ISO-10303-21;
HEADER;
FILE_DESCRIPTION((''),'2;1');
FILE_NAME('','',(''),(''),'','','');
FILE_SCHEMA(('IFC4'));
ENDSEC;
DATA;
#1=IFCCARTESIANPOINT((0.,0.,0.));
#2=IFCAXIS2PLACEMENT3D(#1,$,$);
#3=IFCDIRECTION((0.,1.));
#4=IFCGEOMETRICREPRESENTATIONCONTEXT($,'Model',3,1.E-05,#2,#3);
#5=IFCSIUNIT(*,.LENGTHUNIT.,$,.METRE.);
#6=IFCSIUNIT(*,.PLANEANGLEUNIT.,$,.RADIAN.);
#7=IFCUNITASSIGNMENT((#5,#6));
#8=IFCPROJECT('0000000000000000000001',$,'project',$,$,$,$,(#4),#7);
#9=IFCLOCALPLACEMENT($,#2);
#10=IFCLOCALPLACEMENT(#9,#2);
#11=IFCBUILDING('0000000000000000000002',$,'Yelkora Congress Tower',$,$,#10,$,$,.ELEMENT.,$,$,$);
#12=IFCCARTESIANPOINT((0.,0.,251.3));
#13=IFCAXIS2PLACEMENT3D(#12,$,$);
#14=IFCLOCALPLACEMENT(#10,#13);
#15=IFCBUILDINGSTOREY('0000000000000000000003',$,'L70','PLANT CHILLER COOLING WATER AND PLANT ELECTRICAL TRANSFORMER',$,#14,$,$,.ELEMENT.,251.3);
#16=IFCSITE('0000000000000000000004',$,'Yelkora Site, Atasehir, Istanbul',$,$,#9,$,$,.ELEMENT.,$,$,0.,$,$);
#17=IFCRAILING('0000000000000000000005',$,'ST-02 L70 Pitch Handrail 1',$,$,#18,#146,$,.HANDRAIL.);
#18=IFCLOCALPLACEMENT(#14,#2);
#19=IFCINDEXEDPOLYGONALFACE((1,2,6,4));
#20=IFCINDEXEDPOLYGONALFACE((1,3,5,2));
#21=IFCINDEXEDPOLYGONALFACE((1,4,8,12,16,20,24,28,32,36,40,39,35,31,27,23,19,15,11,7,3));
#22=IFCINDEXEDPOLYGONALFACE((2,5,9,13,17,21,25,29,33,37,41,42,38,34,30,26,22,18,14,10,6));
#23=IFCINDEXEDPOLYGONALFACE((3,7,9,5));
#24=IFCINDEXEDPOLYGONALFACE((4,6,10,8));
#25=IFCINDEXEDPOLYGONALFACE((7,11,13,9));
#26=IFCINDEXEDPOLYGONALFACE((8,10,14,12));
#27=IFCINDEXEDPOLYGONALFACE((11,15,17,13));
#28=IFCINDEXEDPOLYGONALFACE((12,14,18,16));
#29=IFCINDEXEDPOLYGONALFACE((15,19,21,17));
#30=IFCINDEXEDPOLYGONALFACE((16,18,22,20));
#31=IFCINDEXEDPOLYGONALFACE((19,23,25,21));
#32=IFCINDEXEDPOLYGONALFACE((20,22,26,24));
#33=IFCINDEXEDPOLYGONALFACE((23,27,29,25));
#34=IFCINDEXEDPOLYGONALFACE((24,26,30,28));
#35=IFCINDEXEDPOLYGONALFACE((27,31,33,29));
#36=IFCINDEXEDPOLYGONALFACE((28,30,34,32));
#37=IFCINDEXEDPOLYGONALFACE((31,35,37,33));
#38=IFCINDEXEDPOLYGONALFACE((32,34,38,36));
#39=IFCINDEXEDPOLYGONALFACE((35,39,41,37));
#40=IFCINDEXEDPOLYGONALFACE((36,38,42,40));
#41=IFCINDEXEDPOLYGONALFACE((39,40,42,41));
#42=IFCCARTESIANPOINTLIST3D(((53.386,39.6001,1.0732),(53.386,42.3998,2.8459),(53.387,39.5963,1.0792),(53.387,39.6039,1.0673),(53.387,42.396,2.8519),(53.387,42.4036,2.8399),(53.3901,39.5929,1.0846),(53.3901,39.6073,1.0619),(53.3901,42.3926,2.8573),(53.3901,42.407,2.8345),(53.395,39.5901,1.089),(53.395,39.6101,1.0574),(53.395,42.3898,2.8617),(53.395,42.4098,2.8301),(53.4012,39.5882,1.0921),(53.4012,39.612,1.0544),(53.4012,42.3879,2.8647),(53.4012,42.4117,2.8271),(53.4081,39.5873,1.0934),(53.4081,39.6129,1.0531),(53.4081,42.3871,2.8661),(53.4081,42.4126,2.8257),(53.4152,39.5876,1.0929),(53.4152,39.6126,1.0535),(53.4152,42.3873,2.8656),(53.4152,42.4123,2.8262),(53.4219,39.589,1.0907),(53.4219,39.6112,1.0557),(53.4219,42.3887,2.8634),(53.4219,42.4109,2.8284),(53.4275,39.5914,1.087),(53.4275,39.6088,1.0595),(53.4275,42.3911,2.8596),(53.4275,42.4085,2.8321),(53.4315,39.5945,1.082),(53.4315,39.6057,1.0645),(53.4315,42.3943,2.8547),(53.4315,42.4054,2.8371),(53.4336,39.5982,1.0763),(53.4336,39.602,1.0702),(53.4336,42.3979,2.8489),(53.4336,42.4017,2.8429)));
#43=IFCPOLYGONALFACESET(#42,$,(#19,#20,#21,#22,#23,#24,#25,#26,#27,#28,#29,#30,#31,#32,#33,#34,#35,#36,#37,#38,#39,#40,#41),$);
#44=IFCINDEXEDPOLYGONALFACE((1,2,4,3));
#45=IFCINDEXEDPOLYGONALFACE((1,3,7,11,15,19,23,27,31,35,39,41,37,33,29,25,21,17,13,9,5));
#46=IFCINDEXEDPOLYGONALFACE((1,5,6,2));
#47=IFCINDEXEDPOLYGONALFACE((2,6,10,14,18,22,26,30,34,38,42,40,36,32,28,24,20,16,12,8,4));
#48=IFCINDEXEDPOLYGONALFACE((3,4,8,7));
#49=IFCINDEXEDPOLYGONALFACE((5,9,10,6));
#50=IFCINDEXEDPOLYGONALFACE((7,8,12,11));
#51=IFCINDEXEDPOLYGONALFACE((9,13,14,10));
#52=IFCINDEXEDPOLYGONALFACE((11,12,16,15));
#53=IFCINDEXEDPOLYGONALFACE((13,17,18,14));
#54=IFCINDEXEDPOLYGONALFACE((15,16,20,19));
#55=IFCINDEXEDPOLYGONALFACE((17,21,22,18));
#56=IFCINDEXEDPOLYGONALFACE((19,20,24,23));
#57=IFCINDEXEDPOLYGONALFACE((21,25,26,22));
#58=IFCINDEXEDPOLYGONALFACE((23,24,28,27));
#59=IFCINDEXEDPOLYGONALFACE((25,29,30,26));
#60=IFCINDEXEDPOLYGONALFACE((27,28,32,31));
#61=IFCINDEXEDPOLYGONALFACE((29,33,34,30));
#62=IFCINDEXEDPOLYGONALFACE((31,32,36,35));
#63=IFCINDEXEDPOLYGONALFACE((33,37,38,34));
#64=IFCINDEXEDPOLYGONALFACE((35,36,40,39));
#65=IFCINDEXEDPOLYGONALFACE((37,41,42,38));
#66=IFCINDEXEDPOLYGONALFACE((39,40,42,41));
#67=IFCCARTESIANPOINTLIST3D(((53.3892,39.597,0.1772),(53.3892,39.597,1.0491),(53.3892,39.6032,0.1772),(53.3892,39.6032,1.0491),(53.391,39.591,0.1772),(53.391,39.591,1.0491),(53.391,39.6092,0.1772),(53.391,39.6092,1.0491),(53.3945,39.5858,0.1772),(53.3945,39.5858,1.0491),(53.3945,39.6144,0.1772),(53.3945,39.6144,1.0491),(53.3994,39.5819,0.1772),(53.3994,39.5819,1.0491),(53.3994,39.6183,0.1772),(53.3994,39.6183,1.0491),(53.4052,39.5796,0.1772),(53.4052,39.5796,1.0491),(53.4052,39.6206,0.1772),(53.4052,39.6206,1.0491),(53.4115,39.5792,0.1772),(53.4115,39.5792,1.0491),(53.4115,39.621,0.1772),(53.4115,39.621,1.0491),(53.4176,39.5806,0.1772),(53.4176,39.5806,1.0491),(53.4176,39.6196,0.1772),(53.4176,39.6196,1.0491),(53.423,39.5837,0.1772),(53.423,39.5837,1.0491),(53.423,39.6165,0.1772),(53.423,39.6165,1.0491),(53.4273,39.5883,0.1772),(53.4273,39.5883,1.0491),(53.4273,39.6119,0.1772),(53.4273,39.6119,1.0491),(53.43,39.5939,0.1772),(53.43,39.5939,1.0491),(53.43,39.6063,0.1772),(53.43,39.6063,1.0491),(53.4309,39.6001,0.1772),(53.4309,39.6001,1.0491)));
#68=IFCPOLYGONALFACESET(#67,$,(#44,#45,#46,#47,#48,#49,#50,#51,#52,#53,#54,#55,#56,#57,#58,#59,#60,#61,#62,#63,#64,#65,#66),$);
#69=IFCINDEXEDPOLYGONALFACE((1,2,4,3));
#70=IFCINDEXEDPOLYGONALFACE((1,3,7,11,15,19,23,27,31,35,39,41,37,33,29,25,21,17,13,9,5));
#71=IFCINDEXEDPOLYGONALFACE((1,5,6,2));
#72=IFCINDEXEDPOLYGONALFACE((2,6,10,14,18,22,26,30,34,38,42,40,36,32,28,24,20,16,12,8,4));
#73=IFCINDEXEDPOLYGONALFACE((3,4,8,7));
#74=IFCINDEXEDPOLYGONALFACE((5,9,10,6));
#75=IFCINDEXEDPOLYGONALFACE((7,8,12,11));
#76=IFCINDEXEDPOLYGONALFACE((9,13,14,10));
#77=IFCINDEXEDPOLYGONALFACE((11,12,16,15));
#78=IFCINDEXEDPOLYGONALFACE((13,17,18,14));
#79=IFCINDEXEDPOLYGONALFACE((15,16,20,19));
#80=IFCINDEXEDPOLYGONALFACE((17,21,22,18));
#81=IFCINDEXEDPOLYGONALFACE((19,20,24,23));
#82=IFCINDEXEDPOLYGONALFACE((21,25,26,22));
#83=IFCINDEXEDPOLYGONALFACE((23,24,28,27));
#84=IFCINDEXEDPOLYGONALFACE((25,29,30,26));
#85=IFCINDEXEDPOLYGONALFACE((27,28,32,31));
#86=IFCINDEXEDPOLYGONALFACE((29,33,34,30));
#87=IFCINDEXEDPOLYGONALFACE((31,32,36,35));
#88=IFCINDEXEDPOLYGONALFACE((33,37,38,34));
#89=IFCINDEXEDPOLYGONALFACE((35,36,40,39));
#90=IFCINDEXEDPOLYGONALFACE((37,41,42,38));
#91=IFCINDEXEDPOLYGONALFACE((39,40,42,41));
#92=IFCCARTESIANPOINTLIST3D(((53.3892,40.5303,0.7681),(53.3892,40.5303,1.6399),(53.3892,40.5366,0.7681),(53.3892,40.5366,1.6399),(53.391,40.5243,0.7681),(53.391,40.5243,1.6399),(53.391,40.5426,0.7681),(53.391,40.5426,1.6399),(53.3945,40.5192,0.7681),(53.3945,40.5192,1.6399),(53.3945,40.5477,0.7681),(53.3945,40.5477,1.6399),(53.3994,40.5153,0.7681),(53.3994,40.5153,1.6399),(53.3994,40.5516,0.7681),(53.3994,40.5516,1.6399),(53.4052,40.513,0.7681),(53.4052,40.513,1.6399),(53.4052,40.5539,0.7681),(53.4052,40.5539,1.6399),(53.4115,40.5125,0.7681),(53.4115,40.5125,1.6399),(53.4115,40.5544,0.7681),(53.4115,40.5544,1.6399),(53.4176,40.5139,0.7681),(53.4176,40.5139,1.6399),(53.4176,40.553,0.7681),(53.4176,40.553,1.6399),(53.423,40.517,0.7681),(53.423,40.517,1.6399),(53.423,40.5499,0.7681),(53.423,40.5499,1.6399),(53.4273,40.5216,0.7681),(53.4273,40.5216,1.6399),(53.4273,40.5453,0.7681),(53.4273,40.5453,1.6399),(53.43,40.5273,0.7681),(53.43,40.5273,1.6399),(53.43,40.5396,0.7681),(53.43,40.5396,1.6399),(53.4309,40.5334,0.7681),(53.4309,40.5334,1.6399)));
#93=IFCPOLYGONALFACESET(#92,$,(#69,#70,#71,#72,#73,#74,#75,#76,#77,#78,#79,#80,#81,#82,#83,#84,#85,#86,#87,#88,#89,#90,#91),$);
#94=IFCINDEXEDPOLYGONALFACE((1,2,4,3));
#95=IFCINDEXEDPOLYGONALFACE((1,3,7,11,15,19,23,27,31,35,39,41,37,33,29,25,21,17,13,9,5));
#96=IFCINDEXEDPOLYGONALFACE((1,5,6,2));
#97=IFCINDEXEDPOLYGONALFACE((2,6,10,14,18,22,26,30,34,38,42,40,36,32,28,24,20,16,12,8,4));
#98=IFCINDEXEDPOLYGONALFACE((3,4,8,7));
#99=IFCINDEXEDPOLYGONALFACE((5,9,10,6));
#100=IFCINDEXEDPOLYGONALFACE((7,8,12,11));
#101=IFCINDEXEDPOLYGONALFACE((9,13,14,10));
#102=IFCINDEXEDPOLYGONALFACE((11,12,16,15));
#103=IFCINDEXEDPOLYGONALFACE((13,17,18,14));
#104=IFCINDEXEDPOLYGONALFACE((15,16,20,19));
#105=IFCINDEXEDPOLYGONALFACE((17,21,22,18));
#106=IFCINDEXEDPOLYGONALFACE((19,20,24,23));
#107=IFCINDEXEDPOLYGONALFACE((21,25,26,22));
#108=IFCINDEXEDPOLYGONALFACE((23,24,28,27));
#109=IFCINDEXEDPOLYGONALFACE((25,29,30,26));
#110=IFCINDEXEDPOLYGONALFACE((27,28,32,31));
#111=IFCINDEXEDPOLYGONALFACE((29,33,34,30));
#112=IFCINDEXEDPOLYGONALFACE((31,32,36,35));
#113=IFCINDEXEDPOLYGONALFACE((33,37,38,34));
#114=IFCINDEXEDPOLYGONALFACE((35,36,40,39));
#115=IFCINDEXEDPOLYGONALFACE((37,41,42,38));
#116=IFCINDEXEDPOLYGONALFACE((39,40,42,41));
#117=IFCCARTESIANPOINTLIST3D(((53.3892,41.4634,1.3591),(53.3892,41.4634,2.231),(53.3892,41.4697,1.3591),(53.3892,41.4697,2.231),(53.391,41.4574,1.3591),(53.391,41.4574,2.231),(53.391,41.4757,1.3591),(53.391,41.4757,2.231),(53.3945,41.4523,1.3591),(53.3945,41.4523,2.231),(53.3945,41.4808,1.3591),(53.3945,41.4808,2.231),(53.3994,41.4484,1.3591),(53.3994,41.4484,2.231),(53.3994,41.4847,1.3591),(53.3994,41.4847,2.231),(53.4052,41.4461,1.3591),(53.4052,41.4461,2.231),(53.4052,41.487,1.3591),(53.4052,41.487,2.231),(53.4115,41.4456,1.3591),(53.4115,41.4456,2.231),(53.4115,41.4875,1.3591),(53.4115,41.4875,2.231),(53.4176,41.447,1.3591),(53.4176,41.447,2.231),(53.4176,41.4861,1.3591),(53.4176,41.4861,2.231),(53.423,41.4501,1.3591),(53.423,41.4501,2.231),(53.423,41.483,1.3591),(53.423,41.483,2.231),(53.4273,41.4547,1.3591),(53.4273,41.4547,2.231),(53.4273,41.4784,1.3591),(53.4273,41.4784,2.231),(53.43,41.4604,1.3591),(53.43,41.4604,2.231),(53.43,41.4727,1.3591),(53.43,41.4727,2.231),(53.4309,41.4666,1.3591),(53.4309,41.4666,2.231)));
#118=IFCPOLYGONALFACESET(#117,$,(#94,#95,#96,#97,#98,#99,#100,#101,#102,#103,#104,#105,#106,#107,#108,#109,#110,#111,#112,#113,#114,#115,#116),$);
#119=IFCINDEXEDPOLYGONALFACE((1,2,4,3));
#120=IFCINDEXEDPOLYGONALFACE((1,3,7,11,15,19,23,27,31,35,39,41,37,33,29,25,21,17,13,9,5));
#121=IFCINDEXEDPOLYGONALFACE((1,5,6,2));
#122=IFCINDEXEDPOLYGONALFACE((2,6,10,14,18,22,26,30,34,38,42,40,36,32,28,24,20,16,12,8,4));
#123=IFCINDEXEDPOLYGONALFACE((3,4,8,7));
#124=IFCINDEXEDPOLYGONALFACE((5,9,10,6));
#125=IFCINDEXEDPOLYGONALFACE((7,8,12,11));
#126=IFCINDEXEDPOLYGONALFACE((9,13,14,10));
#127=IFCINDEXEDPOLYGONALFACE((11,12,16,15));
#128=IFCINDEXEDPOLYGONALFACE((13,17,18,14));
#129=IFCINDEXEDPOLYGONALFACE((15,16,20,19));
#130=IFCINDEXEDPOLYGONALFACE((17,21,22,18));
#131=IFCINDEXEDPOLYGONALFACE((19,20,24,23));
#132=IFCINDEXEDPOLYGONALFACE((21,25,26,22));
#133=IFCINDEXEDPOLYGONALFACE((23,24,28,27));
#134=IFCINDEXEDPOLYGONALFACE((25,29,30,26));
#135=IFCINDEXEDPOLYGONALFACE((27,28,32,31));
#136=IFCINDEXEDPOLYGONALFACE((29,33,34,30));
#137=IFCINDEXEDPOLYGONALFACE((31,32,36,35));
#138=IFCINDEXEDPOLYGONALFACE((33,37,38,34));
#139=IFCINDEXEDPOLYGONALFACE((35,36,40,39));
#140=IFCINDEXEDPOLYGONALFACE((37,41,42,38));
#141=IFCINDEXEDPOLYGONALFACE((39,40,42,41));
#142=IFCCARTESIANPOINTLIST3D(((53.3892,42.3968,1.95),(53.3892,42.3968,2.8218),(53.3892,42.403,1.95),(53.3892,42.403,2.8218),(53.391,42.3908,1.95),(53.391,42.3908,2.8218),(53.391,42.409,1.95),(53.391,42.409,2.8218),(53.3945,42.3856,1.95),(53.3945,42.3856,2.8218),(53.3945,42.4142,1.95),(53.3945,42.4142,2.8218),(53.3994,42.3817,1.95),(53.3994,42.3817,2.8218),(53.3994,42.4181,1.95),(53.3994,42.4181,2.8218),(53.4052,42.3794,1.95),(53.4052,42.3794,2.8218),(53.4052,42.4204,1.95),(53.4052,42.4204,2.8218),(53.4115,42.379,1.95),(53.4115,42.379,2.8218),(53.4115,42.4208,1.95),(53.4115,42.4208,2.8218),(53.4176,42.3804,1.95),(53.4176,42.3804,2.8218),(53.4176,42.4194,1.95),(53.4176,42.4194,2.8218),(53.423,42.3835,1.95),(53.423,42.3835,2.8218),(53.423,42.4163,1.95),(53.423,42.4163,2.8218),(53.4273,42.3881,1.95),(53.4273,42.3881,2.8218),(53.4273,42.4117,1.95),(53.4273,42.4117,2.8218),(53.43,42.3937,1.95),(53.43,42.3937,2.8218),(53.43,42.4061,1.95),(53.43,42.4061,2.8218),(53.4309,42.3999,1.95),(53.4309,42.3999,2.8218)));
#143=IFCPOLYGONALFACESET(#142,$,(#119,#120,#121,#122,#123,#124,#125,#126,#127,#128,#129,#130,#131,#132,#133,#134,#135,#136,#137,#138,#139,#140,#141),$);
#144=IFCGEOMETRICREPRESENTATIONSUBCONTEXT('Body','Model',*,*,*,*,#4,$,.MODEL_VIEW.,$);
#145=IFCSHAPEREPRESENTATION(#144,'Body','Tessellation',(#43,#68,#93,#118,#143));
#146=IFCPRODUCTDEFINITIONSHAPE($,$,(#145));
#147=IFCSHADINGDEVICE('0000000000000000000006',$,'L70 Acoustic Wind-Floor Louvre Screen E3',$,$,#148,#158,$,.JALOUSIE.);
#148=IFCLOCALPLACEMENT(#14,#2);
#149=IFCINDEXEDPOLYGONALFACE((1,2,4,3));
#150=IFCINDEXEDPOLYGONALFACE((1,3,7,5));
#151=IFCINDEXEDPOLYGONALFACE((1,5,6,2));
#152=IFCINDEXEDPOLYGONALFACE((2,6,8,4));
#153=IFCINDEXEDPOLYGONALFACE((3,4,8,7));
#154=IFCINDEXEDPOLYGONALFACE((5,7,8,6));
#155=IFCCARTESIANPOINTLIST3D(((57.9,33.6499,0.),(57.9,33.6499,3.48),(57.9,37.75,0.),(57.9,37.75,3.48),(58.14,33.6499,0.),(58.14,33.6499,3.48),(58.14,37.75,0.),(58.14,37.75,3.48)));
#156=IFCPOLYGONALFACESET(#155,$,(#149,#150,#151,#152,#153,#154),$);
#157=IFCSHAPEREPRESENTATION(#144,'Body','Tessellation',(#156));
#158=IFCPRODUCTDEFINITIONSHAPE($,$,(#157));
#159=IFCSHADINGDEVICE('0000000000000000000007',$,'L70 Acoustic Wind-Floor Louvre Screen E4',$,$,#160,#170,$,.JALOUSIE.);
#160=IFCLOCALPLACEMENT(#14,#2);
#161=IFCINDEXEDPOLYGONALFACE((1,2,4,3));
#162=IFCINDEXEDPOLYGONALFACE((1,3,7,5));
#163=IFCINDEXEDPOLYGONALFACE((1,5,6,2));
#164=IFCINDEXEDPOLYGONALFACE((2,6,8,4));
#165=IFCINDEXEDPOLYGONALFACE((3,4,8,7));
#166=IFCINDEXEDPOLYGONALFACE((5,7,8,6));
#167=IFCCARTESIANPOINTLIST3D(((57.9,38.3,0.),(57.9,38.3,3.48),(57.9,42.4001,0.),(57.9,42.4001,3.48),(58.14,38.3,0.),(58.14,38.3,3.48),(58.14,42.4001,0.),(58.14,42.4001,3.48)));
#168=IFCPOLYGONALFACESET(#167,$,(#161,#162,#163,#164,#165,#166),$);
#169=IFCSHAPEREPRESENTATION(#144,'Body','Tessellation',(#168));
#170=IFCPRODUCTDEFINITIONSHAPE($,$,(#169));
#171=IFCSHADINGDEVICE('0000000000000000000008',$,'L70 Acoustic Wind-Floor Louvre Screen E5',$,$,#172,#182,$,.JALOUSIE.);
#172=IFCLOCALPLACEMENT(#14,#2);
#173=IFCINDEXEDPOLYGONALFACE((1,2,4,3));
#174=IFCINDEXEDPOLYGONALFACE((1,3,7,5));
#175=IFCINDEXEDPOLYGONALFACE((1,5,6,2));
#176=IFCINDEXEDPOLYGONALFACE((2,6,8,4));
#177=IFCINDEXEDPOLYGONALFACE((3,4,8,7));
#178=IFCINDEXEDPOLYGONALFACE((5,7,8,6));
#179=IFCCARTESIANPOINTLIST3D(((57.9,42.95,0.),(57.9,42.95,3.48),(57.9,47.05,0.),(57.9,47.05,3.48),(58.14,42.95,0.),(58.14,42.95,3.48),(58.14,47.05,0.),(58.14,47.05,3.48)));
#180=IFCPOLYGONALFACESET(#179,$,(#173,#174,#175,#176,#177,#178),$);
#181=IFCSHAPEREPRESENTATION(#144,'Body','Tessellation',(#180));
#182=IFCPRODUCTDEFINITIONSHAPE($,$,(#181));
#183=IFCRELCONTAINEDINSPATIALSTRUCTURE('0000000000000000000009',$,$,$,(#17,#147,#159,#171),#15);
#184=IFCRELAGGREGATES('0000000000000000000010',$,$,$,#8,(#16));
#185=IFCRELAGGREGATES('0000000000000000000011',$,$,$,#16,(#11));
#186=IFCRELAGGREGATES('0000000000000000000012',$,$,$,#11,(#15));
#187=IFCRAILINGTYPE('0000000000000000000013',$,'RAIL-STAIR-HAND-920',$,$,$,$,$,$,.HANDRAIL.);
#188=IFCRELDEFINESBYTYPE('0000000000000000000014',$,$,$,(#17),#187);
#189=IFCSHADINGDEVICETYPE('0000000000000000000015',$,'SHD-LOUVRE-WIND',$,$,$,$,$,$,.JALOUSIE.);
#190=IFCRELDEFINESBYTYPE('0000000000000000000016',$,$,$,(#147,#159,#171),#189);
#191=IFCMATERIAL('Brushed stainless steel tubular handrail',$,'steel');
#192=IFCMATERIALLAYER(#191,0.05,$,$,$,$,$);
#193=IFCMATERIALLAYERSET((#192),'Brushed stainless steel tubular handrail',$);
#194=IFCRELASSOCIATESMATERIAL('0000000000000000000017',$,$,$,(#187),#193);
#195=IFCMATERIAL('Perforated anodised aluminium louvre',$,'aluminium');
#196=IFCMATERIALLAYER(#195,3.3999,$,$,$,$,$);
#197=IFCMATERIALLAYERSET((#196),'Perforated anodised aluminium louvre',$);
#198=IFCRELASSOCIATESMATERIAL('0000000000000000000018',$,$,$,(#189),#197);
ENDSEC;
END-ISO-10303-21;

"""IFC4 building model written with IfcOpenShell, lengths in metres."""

from ifc_helpers import new_model, si_unit, direction, frame, origin, origin_2d, place, context, subcontext, project, spatial, rectangle, circle, extrude, material, layer, layer_set, type_object, element, save


model = new_model("IFC4")

# Units and contexts
model_context = context("Model", 3, precision=1e-05, world=origin(), true_north=direction((0.0, 1.0)))
body_context = subcontext(model_context, "Body", "Model", "MODEL_VIEW")
ifc_project = project(units=[si_unit("LENGTHUNIT", "METRE"), si_unit("PLANEANGLEUNIT", "RADIAN")], contexts=[model_context])

# Site, building, storey
site_placement = place(None, origin())
site = spatial("IfcSite", under=ifc_project, at=site_placement, Name="Yelkora Site, Atasehir, Istanbul", CompositionType="ELEMENT", RefElevation=0.0)
building_placement = place(site_placement, origin())
building = spatial("IfcBuilding", under=site, at=building_placement, Name="Yelkora Congress Tower", CompositionType="ELEMENT")
storey_placement = place(building_placement, frame((0.0, 0.0, 251.3)))
storey = spatial("IfcBuildingStorey", under=building, at=storey_placement, Name="L70", Description="PLANT CHILLER COOLING WATER AND PLANT ELECTRICAL TRANSFORMER", CompositionType="ELEMENT", Elevation=251.3)

# Railing
ifc_material_1 = material(Name="Brushed stainless steel tubular handrail", Category="steel")
ifc_layer_1 = layer(ifc_material_1, 0.05)
ifc_layer_set_1 = layer_set([ifc_layer_1], Name="Brushed stainless steel tubular handrail")
railing_type_1 = type_object("IfcRailingType", Name="RAIL-STAIR-HAND-920", PredefinedType="HANDRAIL", material=ifc_layer_set_1)
railing_1_placement = place(storey_placement, frame((53.4099, 39.6001, 0.1772)))
element("IfcRailing", 1, at=railing_1_placement, inside=storey, type_object=railing_type_1, Name="ST-02 L70 Pitch Handrail 1", PredefinedType="HANDRAIL", context=body_context, shape_type="SweptSolid", body=[
    extrude(circle(Radius=0.0239, at=origin_2d()), frame((0.0, 0.0, 0.896), z_axis=(0.0, 0.844888, 0.534943), x_axis=(-1.0, 0.0, 0.0)), (0.0, 0.0, 1.0), 3.3137),
    extrude(circle(Radius=0.021, at=origin_2d()), origin(), (0.0, 0.0, 1.0), 0.8718),
    extrude(circle(Radius=0.021, at=origin_2d()), frame((0.0, 0.9333, 0.5908)), (0.0, 0.0, 1.0), 0.8718),
    extrude(circle(Radius=0.021, at=origin_2d()), frame((0.0, 1.8665, 1.1819)), (0.0, 0.0, 1.0), 0.8718),
    extrude(circle(Radius=0.021, at=origin_2d()), frame((0.0, 2.7998, 1.7727)), (0.0, 0.0, 1.0), 0.8718),
])

# Shading devices
ifc_material_2 = material(Name="Perforated anodised aluminium louvre", Category="aluminium")
ifc_layer_2 = layer(ifc_material_2, 3.3999)
ifc_layer_set_2 = layer_set([ifc_layer_2], Name="Perforated anodised aluminium louvre")
shading_device_type = type_object("IfcShadingDeviceType", Name="SHD-LOUVRE-WIND", PredefinedType="JALOUSIE", material=ifc_layer_set_2)
for number, where, z_axis, x_axis, name in (
    (2, (58.02, 35.7, 0.0), (0.0, 0.0, 1.0), (1.0, 0.0, 0.0), "L70 Acoustic Wind-Floor Louvre Screen E3"),
    (3, (58.02, 40.3501, 0.0), (0.0, 0.0, 1.0), (1.0, 0.0, 0.0), "L70 Acoustic Wind-Floor Louvre Screen E4"),
    (4, (58.02, 45.0, 0.0), (0.0, 0.0, 1.0), (1.0, 0.0, 0.0), "L70 Acoustic Wind-Floor Louvre Screen E5"),
):
    element("IfcShadingDevice", number, at=place(storey_placement, frame(where, z_axis=z_axis, x_axis=x_axis)), inside=storey, type_object=shading_device_type, Name=name, PredefinedType="JALOUSIE", context=body_context, shape_type="SweptSolid", body=[
        extrude(rectangle(XDim=0.24, YDim=4.1001, at=origin_2d()), origin(), (0.0, 0.0, 1.0), 3.48),
    ])

save(model, "model.ifc")
